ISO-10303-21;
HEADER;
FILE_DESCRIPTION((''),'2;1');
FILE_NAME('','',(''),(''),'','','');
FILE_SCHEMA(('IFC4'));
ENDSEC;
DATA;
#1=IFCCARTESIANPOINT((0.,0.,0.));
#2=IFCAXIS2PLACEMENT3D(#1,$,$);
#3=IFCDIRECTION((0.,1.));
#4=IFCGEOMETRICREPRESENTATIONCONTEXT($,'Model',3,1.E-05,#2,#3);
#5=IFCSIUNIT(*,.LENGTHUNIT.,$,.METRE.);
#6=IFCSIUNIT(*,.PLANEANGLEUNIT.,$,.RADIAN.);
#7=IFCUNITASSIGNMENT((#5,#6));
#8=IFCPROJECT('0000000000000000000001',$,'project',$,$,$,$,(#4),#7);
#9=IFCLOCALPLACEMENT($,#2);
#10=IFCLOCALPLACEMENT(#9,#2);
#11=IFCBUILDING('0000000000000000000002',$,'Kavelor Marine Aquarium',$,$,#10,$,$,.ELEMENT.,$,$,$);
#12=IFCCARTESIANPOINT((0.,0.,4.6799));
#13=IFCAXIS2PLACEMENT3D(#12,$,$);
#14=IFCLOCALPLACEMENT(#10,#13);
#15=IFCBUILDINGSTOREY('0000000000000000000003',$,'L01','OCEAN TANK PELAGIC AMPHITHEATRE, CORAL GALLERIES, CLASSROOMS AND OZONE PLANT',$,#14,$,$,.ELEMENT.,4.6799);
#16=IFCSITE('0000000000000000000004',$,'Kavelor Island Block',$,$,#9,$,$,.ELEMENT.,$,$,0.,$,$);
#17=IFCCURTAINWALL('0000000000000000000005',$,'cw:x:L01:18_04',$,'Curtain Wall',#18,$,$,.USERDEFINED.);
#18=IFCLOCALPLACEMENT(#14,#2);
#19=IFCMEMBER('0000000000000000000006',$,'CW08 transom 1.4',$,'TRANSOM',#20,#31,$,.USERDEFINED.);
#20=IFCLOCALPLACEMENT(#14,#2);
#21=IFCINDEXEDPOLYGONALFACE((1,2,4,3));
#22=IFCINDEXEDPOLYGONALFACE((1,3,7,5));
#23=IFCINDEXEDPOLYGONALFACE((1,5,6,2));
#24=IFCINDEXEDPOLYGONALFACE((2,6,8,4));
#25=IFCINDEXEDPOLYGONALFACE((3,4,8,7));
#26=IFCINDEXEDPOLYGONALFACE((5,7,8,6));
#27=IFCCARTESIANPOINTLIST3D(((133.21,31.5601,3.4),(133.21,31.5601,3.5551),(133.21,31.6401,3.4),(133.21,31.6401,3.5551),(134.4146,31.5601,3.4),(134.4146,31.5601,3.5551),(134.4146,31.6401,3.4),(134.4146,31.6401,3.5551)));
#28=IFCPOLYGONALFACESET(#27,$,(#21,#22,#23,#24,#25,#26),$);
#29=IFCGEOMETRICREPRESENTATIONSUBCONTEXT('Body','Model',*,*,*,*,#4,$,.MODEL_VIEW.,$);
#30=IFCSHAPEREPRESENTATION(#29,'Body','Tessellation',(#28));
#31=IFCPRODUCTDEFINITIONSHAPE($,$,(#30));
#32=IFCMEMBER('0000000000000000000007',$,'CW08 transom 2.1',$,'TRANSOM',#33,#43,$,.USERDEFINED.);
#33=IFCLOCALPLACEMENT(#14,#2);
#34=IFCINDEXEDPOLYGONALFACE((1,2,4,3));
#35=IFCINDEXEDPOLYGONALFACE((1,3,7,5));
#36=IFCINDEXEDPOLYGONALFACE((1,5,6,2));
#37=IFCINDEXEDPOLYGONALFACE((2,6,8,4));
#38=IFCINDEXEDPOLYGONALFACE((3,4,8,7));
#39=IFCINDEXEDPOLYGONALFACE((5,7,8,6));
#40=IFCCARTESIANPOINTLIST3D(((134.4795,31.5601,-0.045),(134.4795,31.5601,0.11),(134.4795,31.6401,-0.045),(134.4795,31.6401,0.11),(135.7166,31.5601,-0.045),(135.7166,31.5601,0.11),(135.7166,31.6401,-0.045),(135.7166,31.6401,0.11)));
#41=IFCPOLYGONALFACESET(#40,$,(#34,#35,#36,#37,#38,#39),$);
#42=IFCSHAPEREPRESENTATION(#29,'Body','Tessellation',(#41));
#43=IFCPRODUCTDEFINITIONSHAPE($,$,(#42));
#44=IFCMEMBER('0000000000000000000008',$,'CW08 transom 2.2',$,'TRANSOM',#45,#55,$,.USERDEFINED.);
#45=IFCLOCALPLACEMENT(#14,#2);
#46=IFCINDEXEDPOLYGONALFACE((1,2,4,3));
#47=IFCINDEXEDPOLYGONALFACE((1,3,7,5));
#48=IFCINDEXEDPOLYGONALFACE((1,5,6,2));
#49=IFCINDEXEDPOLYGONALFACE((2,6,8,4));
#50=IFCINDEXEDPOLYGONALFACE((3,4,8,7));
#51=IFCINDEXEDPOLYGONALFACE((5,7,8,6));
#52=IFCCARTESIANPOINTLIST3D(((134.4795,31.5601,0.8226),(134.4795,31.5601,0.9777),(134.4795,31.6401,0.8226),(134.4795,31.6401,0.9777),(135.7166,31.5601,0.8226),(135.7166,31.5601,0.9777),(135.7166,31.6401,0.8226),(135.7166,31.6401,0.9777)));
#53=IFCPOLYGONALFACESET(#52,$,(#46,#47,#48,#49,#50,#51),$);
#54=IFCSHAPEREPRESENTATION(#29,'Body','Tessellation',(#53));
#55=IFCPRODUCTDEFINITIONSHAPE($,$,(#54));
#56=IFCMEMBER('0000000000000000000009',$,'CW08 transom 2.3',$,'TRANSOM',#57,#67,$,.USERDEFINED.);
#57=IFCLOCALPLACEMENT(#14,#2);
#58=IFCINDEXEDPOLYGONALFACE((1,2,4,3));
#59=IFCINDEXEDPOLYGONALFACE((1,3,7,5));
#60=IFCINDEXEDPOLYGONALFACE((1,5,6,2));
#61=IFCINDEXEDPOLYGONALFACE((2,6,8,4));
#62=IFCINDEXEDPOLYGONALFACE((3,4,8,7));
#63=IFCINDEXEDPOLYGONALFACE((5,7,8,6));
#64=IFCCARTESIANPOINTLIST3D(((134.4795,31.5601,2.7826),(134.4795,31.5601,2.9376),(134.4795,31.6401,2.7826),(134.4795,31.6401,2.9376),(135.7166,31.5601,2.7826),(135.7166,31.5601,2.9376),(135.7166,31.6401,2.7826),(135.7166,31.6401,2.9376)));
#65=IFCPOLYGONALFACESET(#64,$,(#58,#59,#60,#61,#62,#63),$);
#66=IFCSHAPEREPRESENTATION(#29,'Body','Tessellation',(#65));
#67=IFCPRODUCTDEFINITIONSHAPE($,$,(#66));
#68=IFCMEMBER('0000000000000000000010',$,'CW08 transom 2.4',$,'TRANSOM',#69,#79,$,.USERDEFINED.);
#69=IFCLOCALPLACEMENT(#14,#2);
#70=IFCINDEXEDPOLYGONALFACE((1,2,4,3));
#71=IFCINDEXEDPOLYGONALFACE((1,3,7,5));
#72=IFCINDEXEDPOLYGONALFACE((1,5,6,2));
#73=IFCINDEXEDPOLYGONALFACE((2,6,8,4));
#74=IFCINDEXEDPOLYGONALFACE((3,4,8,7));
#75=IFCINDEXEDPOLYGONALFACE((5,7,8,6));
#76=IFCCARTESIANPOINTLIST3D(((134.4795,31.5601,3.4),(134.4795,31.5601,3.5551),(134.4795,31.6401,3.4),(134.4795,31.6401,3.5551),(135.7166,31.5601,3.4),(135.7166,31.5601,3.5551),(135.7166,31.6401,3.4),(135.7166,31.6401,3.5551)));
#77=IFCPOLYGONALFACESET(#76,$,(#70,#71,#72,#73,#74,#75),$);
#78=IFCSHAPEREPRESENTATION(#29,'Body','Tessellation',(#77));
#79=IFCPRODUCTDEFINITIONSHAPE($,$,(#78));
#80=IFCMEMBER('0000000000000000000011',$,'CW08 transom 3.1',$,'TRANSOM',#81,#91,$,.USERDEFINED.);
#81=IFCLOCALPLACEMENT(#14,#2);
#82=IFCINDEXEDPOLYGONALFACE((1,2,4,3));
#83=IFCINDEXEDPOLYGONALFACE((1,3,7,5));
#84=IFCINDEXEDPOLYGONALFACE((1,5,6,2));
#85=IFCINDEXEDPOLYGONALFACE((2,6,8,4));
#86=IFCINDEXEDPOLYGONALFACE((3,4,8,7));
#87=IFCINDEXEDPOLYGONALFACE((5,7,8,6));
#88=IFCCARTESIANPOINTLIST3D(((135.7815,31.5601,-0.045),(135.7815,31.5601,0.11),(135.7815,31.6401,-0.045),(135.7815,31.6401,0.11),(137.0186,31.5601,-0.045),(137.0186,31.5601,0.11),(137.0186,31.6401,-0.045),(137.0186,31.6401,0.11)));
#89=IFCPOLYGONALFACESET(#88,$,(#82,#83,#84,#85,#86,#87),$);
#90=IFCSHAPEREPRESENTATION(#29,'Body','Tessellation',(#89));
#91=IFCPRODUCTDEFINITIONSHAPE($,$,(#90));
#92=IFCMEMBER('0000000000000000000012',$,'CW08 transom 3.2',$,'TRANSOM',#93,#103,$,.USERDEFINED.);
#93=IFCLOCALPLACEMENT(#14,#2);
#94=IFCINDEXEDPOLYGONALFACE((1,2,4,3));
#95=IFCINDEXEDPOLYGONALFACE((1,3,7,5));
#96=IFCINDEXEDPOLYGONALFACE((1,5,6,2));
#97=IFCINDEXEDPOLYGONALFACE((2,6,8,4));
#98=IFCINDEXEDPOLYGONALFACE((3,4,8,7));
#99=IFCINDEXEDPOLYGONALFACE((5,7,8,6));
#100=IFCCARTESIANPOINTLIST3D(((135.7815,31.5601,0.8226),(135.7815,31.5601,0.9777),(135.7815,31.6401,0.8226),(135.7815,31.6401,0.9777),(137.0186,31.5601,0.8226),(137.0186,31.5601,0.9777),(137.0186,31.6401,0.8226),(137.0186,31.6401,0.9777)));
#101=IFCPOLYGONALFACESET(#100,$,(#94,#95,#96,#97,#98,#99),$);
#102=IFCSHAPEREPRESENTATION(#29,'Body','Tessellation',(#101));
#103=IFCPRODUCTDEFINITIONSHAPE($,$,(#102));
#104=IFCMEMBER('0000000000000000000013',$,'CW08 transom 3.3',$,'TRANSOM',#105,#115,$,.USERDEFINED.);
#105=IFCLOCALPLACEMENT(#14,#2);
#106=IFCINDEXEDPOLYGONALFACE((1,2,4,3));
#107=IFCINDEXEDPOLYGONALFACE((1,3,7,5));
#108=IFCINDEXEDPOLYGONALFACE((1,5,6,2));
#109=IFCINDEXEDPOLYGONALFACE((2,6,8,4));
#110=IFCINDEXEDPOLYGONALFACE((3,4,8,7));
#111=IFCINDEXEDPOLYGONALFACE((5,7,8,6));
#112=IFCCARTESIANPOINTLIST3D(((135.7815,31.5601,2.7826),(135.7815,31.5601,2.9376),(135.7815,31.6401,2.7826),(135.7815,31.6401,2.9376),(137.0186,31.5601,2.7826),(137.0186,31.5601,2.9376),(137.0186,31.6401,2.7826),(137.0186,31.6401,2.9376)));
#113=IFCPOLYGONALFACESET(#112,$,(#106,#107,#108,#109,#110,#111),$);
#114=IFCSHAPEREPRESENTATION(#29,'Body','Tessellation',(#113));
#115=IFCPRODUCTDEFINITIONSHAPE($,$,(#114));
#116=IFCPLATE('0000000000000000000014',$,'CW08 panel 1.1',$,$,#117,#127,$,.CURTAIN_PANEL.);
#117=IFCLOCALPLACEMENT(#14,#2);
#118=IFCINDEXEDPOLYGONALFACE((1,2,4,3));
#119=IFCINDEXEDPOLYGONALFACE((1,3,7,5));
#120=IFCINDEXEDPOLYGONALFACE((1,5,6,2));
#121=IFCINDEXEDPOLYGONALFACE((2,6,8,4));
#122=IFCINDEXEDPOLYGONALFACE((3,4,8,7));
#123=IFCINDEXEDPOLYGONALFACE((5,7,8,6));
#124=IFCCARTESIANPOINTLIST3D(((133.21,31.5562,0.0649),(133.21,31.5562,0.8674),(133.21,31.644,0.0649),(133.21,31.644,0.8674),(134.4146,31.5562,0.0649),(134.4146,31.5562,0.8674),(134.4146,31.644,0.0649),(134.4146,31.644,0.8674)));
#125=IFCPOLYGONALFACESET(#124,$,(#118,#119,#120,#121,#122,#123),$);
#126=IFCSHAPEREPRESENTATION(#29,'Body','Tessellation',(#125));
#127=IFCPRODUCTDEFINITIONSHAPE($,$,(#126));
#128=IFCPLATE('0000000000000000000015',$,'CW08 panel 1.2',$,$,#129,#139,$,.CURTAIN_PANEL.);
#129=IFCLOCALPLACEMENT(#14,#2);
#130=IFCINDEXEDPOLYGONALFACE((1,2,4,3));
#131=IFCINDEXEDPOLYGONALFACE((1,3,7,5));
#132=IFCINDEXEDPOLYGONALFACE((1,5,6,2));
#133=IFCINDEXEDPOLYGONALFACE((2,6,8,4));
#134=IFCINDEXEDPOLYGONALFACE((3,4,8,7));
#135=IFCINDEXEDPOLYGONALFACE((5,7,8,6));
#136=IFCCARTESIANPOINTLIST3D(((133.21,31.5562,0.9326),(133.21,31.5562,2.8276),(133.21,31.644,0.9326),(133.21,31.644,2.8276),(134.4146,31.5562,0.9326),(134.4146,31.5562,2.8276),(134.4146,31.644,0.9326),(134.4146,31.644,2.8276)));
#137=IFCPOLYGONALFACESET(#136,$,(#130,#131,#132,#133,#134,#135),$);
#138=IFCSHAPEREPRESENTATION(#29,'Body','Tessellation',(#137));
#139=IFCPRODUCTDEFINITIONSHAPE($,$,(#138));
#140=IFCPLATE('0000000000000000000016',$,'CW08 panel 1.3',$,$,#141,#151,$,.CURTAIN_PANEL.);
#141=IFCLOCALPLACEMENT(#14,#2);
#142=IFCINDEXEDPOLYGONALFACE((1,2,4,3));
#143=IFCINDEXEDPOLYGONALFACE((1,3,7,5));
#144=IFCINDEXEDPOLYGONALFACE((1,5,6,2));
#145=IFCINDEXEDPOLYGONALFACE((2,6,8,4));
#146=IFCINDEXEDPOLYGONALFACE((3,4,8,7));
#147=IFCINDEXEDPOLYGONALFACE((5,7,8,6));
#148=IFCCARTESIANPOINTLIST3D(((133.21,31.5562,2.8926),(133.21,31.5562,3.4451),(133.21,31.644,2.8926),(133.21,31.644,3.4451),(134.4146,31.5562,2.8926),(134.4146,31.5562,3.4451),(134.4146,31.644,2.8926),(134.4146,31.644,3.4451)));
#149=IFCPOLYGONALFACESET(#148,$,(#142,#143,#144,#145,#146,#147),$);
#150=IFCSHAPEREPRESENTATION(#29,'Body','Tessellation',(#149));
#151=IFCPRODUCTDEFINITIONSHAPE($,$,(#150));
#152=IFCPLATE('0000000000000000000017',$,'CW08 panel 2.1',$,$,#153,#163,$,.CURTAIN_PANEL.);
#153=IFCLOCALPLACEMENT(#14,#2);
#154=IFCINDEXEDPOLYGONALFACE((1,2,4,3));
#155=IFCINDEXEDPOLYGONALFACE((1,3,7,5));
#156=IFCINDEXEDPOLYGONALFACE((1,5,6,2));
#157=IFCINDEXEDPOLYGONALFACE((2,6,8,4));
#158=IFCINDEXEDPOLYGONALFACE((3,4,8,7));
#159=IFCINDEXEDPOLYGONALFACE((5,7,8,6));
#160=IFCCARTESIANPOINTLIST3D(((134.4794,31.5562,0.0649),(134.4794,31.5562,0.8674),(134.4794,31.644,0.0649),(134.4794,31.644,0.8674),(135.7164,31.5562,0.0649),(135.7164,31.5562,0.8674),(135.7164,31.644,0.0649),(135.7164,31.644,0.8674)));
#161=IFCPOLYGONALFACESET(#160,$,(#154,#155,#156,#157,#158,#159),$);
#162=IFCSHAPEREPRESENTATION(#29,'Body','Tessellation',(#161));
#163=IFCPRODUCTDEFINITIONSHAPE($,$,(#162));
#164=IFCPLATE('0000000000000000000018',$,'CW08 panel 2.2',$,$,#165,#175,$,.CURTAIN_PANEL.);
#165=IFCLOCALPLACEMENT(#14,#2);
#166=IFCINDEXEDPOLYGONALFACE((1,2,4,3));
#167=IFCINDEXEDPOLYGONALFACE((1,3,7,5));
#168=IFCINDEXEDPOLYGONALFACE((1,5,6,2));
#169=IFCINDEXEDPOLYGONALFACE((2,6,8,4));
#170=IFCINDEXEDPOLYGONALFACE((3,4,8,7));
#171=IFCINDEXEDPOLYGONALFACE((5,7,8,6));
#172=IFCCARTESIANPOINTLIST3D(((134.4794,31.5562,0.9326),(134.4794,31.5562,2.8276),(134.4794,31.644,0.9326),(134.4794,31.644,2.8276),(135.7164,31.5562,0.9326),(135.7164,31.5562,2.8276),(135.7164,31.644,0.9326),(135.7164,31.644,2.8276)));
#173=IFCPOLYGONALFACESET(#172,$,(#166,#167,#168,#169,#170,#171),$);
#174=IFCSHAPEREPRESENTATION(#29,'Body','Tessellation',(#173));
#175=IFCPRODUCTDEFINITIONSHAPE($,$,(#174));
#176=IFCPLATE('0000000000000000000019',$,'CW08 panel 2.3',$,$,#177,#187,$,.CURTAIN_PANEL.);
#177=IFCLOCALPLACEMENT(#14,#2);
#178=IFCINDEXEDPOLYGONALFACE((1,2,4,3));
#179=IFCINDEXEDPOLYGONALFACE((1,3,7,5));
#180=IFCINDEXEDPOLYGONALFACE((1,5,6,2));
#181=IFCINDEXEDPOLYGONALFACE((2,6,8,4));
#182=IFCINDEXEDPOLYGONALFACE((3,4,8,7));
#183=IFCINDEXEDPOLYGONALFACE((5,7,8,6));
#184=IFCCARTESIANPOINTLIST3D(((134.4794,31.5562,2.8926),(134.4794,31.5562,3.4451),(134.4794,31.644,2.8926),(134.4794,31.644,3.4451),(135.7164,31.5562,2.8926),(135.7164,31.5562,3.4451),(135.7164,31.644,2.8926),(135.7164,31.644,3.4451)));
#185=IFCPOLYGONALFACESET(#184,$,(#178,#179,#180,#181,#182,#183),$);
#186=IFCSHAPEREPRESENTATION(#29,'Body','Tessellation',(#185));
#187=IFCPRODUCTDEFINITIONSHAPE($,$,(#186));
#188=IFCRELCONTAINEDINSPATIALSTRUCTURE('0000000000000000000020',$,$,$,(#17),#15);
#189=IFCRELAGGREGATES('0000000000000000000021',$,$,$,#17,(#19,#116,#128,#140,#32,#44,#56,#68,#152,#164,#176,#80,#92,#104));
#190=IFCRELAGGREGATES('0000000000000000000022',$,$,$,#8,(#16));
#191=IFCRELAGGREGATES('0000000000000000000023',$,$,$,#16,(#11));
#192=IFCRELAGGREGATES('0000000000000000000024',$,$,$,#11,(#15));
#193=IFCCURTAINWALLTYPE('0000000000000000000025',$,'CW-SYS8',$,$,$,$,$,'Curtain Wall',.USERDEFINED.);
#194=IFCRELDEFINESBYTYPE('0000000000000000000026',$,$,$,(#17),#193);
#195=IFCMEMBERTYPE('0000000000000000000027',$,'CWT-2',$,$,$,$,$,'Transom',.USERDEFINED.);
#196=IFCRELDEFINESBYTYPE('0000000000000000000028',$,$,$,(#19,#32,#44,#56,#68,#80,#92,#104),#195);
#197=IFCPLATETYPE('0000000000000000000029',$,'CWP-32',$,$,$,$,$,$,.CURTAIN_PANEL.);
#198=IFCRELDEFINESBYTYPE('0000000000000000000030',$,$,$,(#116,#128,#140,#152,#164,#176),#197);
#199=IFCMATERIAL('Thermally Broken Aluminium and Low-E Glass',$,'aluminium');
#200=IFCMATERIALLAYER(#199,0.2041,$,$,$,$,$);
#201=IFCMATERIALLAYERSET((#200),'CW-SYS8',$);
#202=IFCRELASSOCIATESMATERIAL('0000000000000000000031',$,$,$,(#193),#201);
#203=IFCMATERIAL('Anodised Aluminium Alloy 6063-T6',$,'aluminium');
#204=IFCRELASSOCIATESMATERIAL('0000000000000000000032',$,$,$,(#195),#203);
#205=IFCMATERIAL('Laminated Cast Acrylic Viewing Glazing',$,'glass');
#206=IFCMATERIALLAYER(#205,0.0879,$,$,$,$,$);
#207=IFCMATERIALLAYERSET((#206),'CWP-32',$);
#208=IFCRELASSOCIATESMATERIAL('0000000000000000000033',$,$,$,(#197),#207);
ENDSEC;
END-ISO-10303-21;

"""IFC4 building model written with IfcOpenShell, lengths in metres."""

from ifc_helpers import new_model, si_unit, direction, frame, origin, origin_2d, place, context, subcontext, project, spatial, rectangle, extrude, material, layer, layer_set, material_profile, profile_set, type_object, element, aggregate, save


model = new_model("IFC4")

# Units and contexts
model_context = context("Model", 3, precision=1e-05, world=origin(), true_north=direction((0.0, 1.0)))
body_context = subcontext(model_context, "Body", "Model", "MODEL_VIEW")
ifc_project = project(units=[si_unit("LENGTHUNIT", "METRE"), si_unit("PLANEANGLEUNIT", "RADIAN")], contexts=[model_context])

# Site, building, storey
site_placement = place(None, origin())
site = spatial("IfcSite", under=ifc_project, at=site_placement, Name="Kavelor Island Block", CompositionType="ELEMENT", RefElevation=0.0)
building_placement = place(site_placement, origin())
building = spatial("IfcBuilding", under=site, at=building_placement, Name="Kavelor Marine Aquarium", CompositionType="ELEMENT")
storey_placement = place(building_placement, frame((0.0, 0.0, 4.6799)))
storey = spatial("IfcBuildingStorey", under=building, at=storey_placement, Name="L01", Description="OCEAN TANK PELAGIC AMPHITHEATRE, CORAL GALLERIES, CLASSROOMS AND OZONE PLANT", CompositionType="ELEMENT", Elevation=4.6799)

# Curtain wall, members, plates
ifc_material_1 = material(Name="Thermally Broken Aluminium and Low-E Glass", Category="aluminium")
ifc_layer_1 = layer(ifc_material_1, 0.2041)
ifc_layer_set_1 = layer_set([ifc_layer_1], Name="CW-SYS8")
curtain_wall_type = type_object("IfcCurtainWallType", Name="CW-SYS8", ElementType="Curtain Wall", PredefinedType="USERDEFINED", material=ifc_layer_set_1)
curtain_wall_placement = place(storey_placement, origin())
curtain_wall = element("IfcCurtainWall", 1, at=curtain_wall_placement, inside=storey, type_object=curtain_wall_type, Name="cw:x:L01:18_04", ObjectType="Curtain Wall", PredefinedType="USERDEFINED")
ifc_material_2 = material(Name="Anodised Aluminium Alloy 6063-T6", Category="aluminium")
ifc_material_profile_1 = material_profile(ifc_material_2, rectangle(XDim=0.0801, YDim=0.155, at=origin_2d()), Name="CW-TRN 80x155")
ifc_profile_set_1 = profile_set([ifc_material_profile_1], Name="Anodised Aluminium Alloy 6063-T6")
member_type_1 = type_object("IfcMemberType", Name="CWT-2", ElementType="Transom", PredefinedType="USERDEFINED", material=ifc_profile_set_1)
member_1_placement = place(storey_placement, frame((133.21, 31.6001, 3.4775), z_axis=(1.0, 0.0, 0.0), x_axis=(0.0, 1.0, 0.0)))
member_1 = element("IfcMember", 2, at=member_1_placement, type_object=member_type_1, Name="CW08 transom 1.4", ObjectType="TRANSOM", PredefinedType="USERDEFINED", context=body_context, shape_type="SweptSolid", body=[
    extrude(rectangle(XDim=0.0801, YDim=0.155, at=origin_2d()), origin(), (0.0, 0.0, 1.0), 1.2046),
])
member_2_placement = place(storey_placement, frame((134.4795, 31.6001, 0.0325), z_axis=(1.0, 0.0, 0.0), x_axis=(0.0, 1.0, 0.0)))
member_2 = element("IfcMember", 3, at=member_2_placement, type_object=member_type_1, Name="CW08 transom 2.1", ObjectType="TRANSOM", PredefinedType="USERDEFINED", context=body_context, shape_type="SweptSolid", body=[
    extrude(rectangle(XDim=0.0801, YDim=0.155, at=origin_2d()), origin(), (0.0, 0.0, 1.0), 1.2371),
])
member_3_placement = place(storey_placement, frame((134.4795, 31.6001, 0.9001), z_axis=(1.0, 0.0, 0.0), x_axis=(0.0, 1.0, 0.0)))
member_3 = element("IfcMember", 4, at=member_3_placement, type_object=member_type_1, Name="CW08 transom 2.2", ObjectType="TRANSOM", PredefinedType="USERDEFINED", context=body_context, shape_type="SweptSolid", body=[
    extrude(rectangle(XDim=0.0801, YDim=0.155, at=origin_2d()), origin(), (0.0, 0.0, 1.0), 1.2371),
])
member_4_placement = place(storey_placement, frame((134.4795, 31.6001, 2.8601), z_axis=(1.0, 0.0, 0.0), x_axis=(0.0, 1.0, 0.0)))
member_4 = element("IfcMember", 5, at=member_4_placement, type_object=member_type_1, Name="CW08 transom 2.3", ObjectType="TRANSOM", PredefinedType="USERDEFINED", context=body_context, shape_type="SweptSolid", body=[
    extrude(rectangle(XDim=0.0801, YDim=0.155, at=origin_2d()), origin(), (0.0, 0.0, 1.0), 1.2371),
])
member_5_placement = place(storey_placement, frame((134.4795, 31.6001, 3.4775), z_axis=(1.0, 0.0, 0.0), x_axis=(0.0, 1.0, 0.0)))
member_5 = element("IfcMember", 6, at=member_5_placement, type_object=member_type_1, Name="CW08 transom 2.4", ObjectType="TRANSOM", PredefinedType="USERDEFINED", context=body_context, shape_type="SweptSolid", body=[
    extrude(rectangle(XDim=0.0801, YDim=0.155, at=origin_2d()), origin(), (0.0, 0.0, 1.0), 1.2371),
])
member_6_placement = place(storey_placement, frame((135.7815, 31.6001, 0.0325), z_axis=(1.0, 0.0, 0.0), x_axis=(0.0, 1.0, 0.0)))
member_6 = element("IfcMember", 7, at=member_6_placement, type_object=member_type_1, Name="CW08 transom 3.1", ObjectType="TRANSOM", PredefinedType="USERDEFINED", context=body_context, shape_type="SweptSolid", body=[
    extrude(rectangle(XDim=0.0801, YDim=0.155, at=origin_2d()), origin(), (0.0, 0.0, 1.0), 1.2371),
])
member_7_placement = place(storey_placement, frame((135.7815, 31.6001, 0.9001), z_axis=(1.0, 0.0, 0.0), x_axis=(0.0, 1.0, 0.0)))
member_7 = element("IfcMember", 8, at=member_7_placement, type_object=member_type_1, Name="CW08 transom 3.2", ObjectType="TRANSOM", PredefinedType="USERDEFINED", context=body_context, shape_type="SweptSolid", body=[
    extrude(rectangle(XDim=0.0801, YDim=0.155, at=origin_2d()), origin(), (0.0, 0.0, 1.0), 1.2371),
])
member_8_placement = place(storey_placement, frame((135.7815, 31.6001, 2.8601), z_axis=(1.0, 0.0, 0.0), x_axis=(0.0, 1.0, 0.0)))
member_8 = element("IfcMember", 9, at=member_8_placement, type_object=member_type_1, Name="CW08 transom 3.3", ObjectType="TRANSOM", PredefinedType="USERDEFINED", context=body_context, shape_type="SweptSolid", body=[
    extrude(rectangle(XDim=0.0801, YDim=0.155, at=origin_2d()), origin(), (0.0, 0.0, 1.0), 1.2371),
])
ifc_material_3 = material(Name="Laminated Cast Acrylic Viewing Glazing", Category="glass")
ifc_layer_2 = layer(ifc_material_3, 0.0879)
ifc_layer_set_2 = layer_set([ifc_layer_2], Name="CWP-32")
plate_type = type_object("IfcPlateType", Name="CWP-32", PredefinedType="CURTAIN_PANEL", material=ifc_layer_set_2)
plate_1_placement = place(storey_placement, frame((133.8123, 31.6001, 0.0649), z_axis=(0.0, 0.0, 1.0), x_axis=(1.0, 0.0, 0.0)))
plate_1 = element("IfcPlate", 10, at=plate_1_placement, type_object=plate_type, Name="CW08 panel 1.1", PredefinedType="CURTAIN_PANEL", context=body_context, shape_type="SweptSolid", body=[
    extrude(rectangle(XDim=1.2046, YDim=0.0879, at=origin_2d()), origin(), (0.0, 0.0, 1.0), 0.8025),
])
plate_2_placement = place(storey_placement, frame((133.8123, 31.6001, 0.9326), z_axis=(0.0, 0.0, 1.0), x_axis=(1.0, 0.0, 0.0)))
plate_2 = element("IfcPlate", 11, at=plate_2_placement, type_object=plate_type, Name="CW08 panel 1.2", PredefinedType="CURTAIN_PANEL", context=body_context, shape_type="SweptSolid", body=[
    extrude(rectangle(XDim=1.2046, YDim=0.0879, at=origin_2d()), origin(), (0.0, 0.0, 1.0), 1.895),
])
plate_3_placement = place(storey_placement, frame((133.8123, 31.6001, 2.8926), z_axis=(0.0, 0.0, 1.0), x_axis=(1.0, 0.0, 0.0)))
plate_3 = element("IfcPlate", 12, at=plate_3_placement, type_object=plate_type, Name="CW08 panel 1.3", PredefinedType="CURTAIN_PANEL", context=body_context, shape_type="SweptSolid", body=[
    extrude(rectangle(XDim=1.2046, YDim=0.0879, at=origin_2d()), origin(), (0.0, 0.0, 1.0), 0.5525),
])
plate_4_placement = place(storey_placement, frame((135.0979, 31.6001, 0.0649), z_axis=(0.0, 0.0, 1.0), x_axis=(1.0, 0.0, 0.0)))
plate_4 = element("IfcPlate", 13, at=plate_4_placement, type_object=plate_type, Name="CW08 panel 2.1", PredefinedType="CURTAIN_PANEL", context=body_context, shape_type="SweptSolid", body=[
    extrude(rectangle(XDim=1.2371, YDim=0.0879, at=origin_2d()), origin(), (0.0, 0.0, 1.0), 0.8025),
])
plate_5_placement = place(storey_placement, frame((135.0979, 31.6001, 0.9326), z_axis=(0.0, 0.0, 1.0), x_axis=(1.0, 0.0, 0.0)))
plate_5 = element("IfcPlate", 14, at=plate_5_placement, type_object=plate_type, Name="CW08 panel 2.2", PredefinedType="CURTAIN_PANEL", context=body_context, shape_type="SweptSolid", body=[
    extrude(rectangle(XDim=1.2371, YDim=0.0879, at=origin_2d()), origin(), (0.0, 0.0, 1.0), 1.895),
])
plate_6_placement = place(storey_placement, frame((135.0979, 31.6001, 2.8926), z_axis=(0.0, 0.0, 1.0), x_axis=(1.0, 0.0, 0.0)))
plate_6 = element("IfcPlate", 15, at=plate_6_placement, type_object=plate_type, Name="CW08 panel 2.3", PredefinedType="CURTAIN_PANEL", context=body_context, shape_type="SweptSolid", body=[
    extrude(rectangle(XDim=1.2371, YDim=0.0879, at=origin_2d()), origin(), (0.0, 0.0, 1.0), 0.5525),
])
aggregate(curtain_wall, [member_1, plate_1, plate_2, plate_3, member_2, member_3, member_4, member_5, plate_4, plate_5, plate_6, member_6, member_7, member_8])

save(model, "model.ifc")
